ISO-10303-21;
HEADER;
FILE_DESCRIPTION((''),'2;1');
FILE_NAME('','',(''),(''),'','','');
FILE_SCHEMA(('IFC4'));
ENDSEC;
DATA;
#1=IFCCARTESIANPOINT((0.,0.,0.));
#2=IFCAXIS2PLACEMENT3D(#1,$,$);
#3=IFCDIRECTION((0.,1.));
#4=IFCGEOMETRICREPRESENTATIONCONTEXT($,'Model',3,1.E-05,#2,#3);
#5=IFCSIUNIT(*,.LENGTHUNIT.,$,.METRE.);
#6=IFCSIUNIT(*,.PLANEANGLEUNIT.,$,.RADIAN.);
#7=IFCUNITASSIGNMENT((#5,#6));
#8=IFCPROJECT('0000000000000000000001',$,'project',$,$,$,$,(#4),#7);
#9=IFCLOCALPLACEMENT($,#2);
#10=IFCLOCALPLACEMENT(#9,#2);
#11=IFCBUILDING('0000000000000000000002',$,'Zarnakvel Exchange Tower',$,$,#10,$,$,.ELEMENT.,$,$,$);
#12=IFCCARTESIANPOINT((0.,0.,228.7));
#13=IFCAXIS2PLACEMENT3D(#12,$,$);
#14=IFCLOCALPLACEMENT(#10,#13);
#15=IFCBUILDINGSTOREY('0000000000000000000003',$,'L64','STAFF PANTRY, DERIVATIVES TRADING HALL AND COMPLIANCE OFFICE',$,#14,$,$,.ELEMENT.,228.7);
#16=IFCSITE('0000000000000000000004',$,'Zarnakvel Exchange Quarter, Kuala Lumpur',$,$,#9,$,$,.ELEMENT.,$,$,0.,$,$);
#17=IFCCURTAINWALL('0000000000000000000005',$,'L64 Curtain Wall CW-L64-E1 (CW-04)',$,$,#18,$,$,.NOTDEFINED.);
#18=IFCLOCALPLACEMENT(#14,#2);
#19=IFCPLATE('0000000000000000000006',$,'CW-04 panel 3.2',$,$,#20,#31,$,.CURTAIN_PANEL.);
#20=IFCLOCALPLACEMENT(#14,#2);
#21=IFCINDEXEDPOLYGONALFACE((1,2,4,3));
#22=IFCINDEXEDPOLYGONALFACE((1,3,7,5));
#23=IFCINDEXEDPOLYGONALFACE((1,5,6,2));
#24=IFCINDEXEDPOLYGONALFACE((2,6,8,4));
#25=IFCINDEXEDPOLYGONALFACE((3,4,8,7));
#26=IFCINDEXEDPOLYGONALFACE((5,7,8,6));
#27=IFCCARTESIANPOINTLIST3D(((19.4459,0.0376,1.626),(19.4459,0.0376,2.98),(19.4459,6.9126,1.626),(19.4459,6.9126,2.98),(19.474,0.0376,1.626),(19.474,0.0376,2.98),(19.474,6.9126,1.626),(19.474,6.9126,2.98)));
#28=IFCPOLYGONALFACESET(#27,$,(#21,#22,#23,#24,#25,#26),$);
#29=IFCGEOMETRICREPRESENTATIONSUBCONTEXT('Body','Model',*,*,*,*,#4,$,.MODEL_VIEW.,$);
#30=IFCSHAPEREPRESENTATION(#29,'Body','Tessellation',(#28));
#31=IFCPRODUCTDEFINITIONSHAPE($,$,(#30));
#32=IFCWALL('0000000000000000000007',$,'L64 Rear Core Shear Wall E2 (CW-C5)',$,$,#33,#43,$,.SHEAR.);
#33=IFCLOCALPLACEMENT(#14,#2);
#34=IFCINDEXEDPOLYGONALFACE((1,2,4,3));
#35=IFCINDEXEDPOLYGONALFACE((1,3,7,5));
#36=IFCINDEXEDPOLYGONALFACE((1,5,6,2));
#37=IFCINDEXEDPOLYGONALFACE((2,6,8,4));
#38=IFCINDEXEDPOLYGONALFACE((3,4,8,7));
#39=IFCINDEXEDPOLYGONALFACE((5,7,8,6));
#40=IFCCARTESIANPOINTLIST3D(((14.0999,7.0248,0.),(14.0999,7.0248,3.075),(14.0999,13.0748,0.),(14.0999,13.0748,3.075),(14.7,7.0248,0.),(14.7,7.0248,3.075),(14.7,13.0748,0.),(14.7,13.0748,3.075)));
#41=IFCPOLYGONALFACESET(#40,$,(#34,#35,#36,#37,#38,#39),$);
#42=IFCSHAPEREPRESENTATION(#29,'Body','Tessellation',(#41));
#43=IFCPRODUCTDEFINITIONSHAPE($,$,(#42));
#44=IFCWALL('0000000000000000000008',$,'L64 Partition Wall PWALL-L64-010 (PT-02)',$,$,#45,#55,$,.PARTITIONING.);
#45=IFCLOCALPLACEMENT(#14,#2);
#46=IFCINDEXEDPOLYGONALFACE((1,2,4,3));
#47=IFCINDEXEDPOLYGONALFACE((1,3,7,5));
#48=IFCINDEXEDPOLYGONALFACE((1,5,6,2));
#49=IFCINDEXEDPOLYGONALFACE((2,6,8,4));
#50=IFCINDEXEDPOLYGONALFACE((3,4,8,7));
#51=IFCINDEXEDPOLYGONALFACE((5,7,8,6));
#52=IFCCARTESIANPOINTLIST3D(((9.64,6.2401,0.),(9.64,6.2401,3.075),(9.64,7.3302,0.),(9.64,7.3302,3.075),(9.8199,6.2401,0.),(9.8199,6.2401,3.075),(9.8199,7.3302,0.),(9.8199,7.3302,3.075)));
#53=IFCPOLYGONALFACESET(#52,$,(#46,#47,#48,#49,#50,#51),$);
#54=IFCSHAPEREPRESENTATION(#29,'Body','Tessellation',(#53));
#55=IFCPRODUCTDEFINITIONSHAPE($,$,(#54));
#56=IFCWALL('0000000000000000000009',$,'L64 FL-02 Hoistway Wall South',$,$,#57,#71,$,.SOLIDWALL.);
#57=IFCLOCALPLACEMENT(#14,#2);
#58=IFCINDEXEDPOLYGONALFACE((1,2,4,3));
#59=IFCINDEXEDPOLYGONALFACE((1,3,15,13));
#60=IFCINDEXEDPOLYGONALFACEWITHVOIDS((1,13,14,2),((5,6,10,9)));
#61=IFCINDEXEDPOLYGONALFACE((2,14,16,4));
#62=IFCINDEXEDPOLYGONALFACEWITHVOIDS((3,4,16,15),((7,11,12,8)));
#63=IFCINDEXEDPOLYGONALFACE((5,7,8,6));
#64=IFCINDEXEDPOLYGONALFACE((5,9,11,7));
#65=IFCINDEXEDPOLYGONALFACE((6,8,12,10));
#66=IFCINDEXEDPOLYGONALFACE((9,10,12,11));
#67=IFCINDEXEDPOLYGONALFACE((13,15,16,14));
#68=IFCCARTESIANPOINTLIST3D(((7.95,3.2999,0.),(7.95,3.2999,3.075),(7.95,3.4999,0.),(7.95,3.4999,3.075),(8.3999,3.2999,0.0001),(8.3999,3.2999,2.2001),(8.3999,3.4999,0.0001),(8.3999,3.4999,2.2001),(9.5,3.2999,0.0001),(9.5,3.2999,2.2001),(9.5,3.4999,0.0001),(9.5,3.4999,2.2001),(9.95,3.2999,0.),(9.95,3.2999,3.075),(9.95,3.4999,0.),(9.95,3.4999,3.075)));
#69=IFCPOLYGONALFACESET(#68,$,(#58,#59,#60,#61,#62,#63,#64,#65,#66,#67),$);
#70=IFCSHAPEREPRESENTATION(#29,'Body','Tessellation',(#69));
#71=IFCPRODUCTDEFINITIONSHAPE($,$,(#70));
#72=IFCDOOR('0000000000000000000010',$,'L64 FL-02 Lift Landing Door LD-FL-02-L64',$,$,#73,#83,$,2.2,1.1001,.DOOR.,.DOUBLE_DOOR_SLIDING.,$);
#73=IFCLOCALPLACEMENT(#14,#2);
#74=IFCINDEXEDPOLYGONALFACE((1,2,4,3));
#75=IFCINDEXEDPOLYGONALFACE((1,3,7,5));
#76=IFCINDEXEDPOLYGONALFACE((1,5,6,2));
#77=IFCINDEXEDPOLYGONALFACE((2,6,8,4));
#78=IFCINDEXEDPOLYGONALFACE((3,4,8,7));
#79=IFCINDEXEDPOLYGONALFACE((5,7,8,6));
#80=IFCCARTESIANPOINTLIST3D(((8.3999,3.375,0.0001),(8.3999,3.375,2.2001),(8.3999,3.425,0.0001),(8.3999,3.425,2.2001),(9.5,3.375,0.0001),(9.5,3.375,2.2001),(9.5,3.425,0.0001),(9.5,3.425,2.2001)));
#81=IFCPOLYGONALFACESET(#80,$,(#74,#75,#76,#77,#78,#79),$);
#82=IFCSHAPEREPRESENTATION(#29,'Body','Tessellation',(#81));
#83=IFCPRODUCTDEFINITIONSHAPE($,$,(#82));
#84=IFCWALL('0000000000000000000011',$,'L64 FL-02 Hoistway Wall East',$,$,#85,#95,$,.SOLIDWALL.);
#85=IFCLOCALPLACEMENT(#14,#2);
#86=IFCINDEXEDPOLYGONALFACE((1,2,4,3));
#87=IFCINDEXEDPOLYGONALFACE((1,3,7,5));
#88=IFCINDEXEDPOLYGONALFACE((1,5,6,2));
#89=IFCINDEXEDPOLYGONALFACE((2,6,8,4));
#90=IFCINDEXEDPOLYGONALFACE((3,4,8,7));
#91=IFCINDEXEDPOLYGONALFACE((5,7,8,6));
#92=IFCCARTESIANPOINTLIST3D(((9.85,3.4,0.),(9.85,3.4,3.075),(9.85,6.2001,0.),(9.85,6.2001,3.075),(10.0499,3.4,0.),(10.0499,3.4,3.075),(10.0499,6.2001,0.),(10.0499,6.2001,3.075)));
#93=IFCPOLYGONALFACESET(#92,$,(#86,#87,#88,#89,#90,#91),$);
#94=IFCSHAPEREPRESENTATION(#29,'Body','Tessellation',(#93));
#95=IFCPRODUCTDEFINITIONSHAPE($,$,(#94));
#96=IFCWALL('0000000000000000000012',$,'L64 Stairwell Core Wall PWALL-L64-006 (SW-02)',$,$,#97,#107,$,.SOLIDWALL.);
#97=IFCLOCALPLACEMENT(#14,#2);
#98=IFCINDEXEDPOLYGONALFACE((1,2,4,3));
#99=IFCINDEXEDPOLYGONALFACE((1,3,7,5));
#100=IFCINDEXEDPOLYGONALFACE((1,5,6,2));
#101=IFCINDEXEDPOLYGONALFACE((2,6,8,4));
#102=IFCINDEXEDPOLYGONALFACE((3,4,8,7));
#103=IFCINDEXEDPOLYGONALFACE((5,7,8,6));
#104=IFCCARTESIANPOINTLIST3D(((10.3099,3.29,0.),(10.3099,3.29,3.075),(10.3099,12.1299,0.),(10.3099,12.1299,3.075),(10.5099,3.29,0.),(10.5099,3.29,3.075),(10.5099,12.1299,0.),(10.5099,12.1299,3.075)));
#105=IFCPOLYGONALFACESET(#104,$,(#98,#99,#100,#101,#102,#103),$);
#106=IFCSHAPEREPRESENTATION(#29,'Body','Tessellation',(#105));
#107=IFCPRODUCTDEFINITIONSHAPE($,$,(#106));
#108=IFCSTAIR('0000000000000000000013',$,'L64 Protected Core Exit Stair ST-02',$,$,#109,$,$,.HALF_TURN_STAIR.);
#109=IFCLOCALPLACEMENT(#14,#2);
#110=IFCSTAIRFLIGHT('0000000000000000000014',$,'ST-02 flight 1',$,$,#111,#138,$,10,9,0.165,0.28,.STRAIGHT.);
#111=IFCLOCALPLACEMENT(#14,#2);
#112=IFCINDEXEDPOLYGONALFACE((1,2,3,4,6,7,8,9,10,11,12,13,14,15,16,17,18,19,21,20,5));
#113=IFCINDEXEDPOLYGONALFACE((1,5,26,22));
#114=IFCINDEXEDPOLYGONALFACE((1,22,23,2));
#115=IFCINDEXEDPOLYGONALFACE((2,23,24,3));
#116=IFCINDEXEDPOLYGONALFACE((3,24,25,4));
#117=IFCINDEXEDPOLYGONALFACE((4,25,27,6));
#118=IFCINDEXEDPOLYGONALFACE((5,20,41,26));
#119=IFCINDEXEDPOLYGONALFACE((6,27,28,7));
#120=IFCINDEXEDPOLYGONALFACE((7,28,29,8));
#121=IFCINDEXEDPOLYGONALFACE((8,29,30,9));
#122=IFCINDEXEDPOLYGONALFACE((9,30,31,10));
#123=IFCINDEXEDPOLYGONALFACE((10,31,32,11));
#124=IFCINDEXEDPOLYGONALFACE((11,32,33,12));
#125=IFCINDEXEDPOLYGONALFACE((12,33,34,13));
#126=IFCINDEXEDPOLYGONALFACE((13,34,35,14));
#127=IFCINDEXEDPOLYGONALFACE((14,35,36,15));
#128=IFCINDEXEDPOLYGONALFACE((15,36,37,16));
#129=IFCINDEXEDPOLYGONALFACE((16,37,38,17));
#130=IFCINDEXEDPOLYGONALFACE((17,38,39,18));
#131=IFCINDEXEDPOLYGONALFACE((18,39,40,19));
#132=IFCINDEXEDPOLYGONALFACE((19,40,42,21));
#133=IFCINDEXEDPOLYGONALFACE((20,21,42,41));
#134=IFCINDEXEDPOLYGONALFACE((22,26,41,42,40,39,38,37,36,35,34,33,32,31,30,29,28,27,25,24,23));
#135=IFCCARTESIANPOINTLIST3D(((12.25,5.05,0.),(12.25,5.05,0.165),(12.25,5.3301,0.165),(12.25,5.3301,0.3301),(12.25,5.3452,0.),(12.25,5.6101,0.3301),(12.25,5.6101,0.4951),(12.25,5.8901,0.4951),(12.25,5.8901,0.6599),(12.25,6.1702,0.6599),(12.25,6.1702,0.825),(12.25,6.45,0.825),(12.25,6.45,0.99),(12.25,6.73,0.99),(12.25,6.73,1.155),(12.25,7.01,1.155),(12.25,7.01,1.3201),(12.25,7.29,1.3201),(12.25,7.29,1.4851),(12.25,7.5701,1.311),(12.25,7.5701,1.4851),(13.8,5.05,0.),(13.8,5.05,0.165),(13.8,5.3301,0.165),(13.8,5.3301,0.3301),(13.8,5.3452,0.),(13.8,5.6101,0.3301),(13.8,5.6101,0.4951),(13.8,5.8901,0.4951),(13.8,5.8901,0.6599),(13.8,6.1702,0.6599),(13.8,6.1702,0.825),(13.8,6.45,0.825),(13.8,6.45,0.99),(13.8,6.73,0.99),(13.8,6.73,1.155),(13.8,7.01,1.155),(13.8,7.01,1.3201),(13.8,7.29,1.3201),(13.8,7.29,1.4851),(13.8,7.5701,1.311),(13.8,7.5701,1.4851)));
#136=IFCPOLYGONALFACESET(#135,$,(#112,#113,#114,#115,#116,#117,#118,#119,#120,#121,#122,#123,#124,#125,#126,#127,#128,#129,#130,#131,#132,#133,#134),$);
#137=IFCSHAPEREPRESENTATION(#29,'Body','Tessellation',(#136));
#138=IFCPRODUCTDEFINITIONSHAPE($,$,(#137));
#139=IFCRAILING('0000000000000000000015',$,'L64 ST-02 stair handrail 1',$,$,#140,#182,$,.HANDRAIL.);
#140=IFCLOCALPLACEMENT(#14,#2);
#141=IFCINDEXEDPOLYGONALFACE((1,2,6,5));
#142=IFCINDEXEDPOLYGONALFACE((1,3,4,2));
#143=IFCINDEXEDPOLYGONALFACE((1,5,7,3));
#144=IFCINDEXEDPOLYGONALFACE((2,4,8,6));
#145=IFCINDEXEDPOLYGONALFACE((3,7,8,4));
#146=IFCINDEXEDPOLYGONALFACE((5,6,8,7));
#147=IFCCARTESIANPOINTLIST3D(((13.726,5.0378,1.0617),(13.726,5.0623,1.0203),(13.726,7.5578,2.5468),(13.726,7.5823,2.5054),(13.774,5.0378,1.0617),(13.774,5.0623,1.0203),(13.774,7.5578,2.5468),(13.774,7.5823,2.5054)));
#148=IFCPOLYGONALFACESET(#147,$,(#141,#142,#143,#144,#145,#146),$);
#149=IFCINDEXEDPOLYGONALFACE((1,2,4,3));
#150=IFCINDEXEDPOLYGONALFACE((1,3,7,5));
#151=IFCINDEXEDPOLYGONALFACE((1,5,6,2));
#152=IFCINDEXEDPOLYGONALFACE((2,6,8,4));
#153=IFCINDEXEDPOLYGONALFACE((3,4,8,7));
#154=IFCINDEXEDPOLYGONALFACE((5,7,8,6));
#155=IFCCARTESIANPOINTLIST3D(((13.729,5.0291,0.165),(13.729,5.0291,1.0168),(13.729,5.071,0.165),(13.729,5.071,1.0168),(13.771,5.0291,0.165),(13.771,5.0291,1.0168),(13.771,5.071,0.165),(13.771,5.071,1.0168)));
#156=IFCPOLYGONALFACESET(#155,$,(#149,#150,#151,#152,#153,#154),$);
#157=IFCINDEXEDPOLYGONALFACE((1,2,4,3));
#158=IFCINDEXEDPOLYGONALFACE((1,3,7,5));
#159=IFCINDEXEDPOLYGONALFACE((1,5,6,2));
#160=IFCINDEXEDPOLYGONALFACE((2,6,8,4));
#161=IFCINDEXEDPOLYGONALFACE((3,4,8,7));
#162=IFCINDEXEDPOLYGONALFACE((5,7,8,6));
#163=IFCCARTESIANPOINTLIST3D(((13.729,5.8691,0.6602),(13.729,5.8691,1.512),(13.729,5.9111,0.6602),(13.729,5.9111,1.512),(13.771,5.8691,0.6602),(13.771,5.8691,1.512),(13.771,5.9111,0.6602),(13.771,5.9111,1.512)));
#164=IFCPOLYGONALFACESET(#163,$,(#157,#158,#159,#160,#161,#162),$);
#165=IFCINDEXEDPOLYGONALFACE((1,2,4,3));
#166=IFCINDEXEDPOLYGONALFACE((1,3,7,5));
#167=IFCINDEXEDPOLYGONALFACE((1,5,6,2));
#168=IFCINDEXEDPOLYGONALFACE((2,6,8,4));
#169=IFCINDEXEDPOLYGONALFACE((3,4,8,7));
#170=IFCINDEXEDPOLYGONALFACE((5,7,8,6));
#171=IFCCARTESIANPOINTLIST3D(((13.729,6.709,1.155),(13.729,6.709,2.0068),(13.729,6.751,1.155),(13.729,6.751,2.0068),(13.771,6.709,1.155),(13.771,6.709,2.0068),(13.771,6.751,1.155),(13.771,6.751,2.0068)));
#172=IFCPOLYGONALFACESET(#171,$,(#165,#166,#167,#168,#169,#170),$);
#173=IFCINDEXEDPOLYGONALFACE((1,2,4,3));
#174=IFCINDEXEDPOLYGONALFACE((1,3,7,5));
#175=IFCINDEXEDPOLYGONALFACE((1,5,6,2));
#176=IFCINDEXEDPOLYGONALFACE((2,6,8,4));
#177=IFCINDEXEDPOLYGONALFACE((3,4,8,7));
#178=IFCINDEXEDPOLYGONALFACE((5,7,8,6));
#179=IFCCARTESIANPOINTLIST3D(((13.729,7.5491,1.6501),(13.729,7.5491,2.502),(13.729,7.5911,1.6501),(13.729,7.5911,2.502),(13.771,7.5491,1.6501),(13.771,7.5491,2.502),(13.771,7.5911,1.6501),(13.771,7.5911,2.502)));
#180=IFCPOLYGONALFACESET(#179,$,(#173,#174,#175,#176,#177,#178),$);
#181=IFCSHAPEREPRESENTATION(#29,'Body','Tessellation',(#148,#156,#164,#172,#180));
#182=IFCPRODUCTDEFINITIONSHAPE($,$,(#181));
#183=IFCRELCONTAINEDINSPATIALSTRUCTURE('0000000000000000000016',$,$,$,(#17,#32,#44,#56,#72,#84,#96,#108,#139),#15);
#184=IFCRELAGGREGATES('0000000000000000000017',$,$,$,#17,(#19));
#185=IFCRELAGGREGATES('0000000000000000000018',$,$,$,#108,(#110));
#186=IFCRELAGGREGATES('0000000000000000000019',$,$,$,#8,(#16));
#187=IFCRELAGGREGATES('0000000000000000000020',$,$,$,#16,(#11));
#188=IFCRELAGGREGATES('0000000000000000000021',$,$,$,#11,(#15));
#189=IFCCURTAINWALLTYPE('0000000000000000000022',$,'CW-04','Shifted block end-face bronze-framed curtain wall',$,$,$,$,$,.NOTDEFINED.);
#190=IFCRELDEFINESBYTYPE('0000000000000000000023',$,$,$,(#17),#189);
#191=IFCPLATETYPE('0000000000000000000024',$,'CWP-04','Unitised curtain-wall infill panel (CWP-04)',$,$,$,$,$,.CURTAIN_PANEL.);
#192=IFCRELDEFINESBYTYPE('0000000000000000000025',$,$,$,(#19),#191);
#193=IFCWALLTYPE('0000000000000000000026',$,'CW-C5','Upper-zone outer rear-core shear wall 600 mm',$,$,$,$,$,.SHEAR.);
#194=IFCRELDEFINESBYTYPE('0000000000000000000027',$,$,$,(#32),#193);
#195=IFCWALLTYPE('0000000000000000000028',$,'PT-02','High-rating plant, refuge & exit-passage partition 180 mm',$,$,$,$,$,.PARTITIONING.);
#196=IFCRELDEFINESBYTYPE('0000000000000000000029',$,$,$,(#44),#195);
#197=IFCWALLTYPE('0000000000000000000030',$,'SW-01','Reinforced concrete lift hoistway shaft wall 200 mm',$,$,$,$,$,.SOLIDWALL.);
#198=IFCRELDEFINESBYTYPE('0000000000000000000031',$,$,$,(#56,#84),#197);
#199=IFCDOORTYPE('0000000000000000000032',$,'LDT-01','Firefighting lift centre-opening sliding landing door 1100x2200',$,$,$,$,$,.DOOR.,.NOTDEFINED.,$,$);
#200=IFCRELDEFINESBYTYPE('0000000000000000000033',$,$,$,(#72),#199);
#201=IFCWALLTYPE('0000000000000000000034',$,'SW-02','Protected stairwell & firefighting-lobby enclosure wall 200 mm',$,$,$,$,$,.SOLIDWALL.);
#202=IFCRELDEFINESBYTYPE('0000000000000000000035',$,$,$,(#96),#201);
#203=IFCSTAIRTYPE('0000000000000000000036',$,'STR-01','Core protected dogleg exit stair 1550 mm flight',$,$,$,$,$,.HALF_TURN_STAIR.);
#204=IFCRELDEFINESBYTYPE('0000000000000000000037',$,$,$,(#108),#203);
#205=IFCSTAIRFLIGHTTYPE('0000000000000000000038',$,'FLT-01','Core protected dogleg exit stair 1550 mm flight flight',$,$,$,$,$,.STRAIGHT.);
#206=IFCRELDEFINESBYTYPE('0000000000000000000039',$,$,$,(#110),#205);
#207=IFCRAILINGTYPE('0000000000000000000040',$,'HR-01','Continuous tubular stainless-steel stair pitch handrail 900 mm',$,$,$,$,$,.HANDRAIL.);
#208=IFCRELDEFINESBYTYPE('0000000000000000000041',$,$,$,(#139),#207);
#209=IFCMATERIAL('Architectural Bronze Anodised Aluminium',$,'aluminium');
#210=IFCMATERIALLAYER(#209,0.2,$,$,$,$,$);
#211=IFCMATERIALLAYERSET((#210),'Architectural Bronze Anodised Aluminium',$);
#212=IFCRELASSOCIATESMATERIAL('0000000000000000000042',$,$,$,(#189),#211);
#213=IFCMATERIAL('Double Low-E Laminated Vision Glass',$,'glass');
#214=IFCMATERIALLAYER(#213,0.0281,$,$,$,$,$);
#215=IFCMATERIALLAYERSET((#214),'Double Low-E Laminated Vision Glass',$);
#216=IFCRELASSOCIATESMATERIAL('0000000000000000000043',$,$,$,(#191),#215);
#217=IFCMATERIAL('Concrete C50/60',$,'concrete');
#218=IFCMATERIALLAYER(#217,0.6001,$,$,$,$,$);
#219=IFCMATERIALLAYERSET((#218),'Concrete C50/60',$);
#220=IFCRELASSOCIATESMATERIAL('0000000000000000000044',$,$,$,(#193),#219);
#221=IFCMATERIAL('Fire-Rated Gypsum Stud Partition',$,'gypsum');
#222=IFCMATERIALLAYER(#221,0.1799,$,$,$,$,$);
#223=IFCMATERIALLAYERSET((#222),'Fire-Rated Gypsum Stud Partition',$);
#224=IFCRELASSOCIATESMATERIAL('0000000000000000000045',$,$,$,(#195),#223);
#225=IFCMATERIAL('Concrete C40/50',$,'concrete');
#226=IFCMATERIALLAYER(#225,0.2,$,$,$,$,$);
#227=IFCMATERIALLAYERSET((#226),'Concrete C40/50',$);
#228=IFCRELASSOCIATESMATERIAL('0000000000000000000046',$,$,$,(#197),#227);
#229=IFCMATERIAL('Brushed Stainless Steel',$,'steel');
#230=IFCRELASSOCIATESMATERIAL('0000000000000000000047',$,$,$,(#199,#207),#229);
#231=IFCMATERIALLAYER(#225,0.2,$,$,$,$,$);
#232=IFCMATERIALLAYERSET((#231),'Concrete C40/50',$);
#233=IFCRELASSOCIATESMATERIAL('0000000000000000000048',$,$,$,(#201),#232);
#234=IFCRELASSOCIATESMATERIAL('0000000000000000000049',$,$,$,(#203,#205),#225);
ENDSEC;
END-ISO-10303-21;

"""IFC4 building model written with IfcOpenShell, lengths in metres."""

from ifc_helpers import new_model, si_unit, direction, frame, frame_2d, origin, origin_2d, place, context, subcontext, project, spatial, polyline, rectangle, outline, extrude, source, transform, mapped, material, layer, layer_set, type_object, element, fill, aggregate, save


model = new_model("IFC4")

# Units and contexts
model_context = context("Model", 3, precision=1e-05, world=origin(), true_north=direction((0.0, 1.0)))
body_context = subcontext(model_context, "Body", "Model", "MODEL_VIEW")
ifc_project = project(units=[si_unit("LENGTHUNIT", "METRE"), si_unit("PLANEANGLEUNIT", "RADIAN")], contexts=[model_context])

# Site, building, storey
site_placement = place(None, origin())
site = spatial("IfcSite", under=ifc_project, at=site_placement, Name="Zarnakvel Exchange Quarter, Kuala Lumpur", CompositionType="ELEMENT", RefElevation=0.0)
building_placement = place(site_placement, origin())
building = spatial("IfcBuilding", under=site, at=building_placement, Name="Zarnakvel Exchange Tower", CompositionType="ELEMENT")
storey_placement = place(building_placement, frame((0.0, 0.0, 228.7)))
storey = spatial("IfcBuildingStorey", under=building, at=storey_placement, Name="L64", Description="STAFF PANTRY, DERIVATIVES TRADING HALL AND COMPLIANCE OFFICE", CompositionType="ELEMENT", Elevation=228.7)

# Shared definitions
ifc_material_1 = material(Name="Concrete C50/60", Category="concrete")

# Curtain wall, plate
ifc_material_2 = material(Name="Architectural Bronze Anodised Aluminium", Category="aluminium")
ifc_layer_1 = layer(ifc_material_2, 0.2)
ifc_layer_set_1 = layer_set([ifc_layer_1], Name="Architectural Bronze Anodised Aluminium")
curtain_wall_type = type_object("IfcCurtainWallType", Name="CW-04", Description="Shifted block end-face bronze-framed curtain wall", PredefinedType="NOTDEFINED", material=ifc_layer_set_1)
curtain_wall_placement = place(storey_placement, origin())
curtain_wall = element("IfcCurtainWall", 1, at=curtain_wall_placement, inside=storey, type_object=curtain_wall_type, Name="L64 Curtain Wall CW-L64-E1 (CW-04)", PredefinedType="NOTDEFINED")
ifc_material_3 = material(Name="Double Low-E Laminated Vision Glass", Category="glass")
ifc_layer_2 = layer(ifc_material_3, 0.0281)
ifc_layer_set_2 = layer_set([ifc_layer_2], Name="Double Low-E Laminated Vision Glass")
plate_type = type_object("IfcPlateType", Name="CWP-04", Description="Unitised curtain-wall infill panel (CWP-04)", PredefinedType="CURTAIN_PANEL", material=ifc_layer_set_2)
shared_shape_1 = source(origin(), body_context, "Body", "SweptSolid", [
    extrude(rectangle(XDim=6.875, YDim=0.0281, at=origin_2d()), origin(), (0.0, 0.0, 1.0), 1.354),
])
plate_1_placement = place(storey_placement, frame((19.46, 3.4751, 1.626), z_axis=(0.0, 0.0, 1.0), x_axis=(0.0, 1.0, 0.0)))
plate_1 = element("IfcPlate", 2, at=plate_1_placement, type_object=plate_type, Name="CW-04 panel 3.2", PredefinedType="CURTAIN_PANEL", context=body_context, shape_type="MappedRepresentation", body=[
    mapped(shared_shape_1, transform((0.0, 0.0, 0.0), x_axis=(1.0, 0.0, 0.0), y_axis=(0.0, 1.0, 0.0), z_axis=(0.0, 0.0, 1.0), scale=1.0)),
])
aggregate(curtain_wall, [plate_1])

# Walls
ifc_layer_3 = layer(ifc_material_1, 0.6001)
ifc_layer_set_3 = layer_set([ifc_layer_3], Name="Concrete C50/60")
wall_type_1 = type_object("IfcWallType", Name="CW-C5", Description="Upper-zone outer rear-core shear wall 600 mm", PredefinedType="SHEAR", material=ifc_layer_set_3)
wall_1_placement = place(storey_placement, frame((14.3999, 7.0249, 0.0), z_axis=(0.0, 0.0, 1.0), x_axis=(0.0, 1.0, 0.0)))
element("IfcWall", 3, at=wall_1_placement, inside=storey, type_object=wall_type_1, Name="L64 Rear Core Shear Wall E2 (CW-C5)", PredefinedType="SHEAR", context=body_context, shape_type="SweptSolid", body=[
    extrude(rectangle(XDim=6.05, YDim=0.6001, at=frame_2d((3.0249, 0.0))), origin(), (0.0, 0.0, 1.0), 3.075),
])
ifc_material_4 = material(Name="Fire-Rated Gypsum Stud Partition", Category="gypsum")
ifc_layer_4 = layer(ifc_material_4, 0.1799)
ifc_layer_set_4 = layer_set([ifc_layer_4], Name="Fire-Rated Gypsum Stud Partition")
wall_type_2 = type_object("IfcWallType", Name="PT-02", Description="High-rating plant, refuge & exit-passage partition 180 mm", PredefinedType="PARTITIONING", material=ifc_layer_set_4)
wall_2_placement = place(storey_placement, frame((9.73, 7.3301, 0.0), z_axis=(0.0, 0.0, 1.0), x_axis=(0.0, -1.0, 0.0)))
element("IfcWall", 4, at=wall_2_placement, inside=storey, type_object=wall_type_2, Name="L64 Partition Wall PWALL-L64-010 (PT-02)", PredefinedType="PARTITIONING", context=body_context, shape_type="SweptSolid", body=[
    extrude(rectangle(XDim=1.0901, YDim=0.1799, at=frame_2d((0.5449, 0.0))), origin(), (0.0, 0.0, 1.0), 3.075),
])

# Wall, opening, door
ifc_material_5 = material(Name="Concrete C40/50", Category="concrete")
ifc_layer_5 = layer(ifc_material_5, 0.2)
ifc_layer_set_5 = layer_set([ifc_layer_5], Name="Concrete C40/50")
wall_type_3 = type_object("IfcWallType", Name="SW-01", Description="Reinforced concrete lift hoistway shaft wall 200 mm", PredefinedType="SOLIDWALL", material=ifc_layer_set_5)
wall_3_placement = place(storey_placement, frame((9.95, 3.3999, 0.0), z_axis=(0.0, 0.0, 1.0), x_axis=(-1.0, 0.0, 0.0)))
wall_3 = element("IfcWall", 5, at=wall_3_placement, inside=storey, type_object=wall_type_3, Name="L64 FL-02 Hoistway Wall South", PredefinedType="SOLIDWALL", context=body_context, shape_type="SweptSolid", body=[
    extrude(rectangle(XDim=2.0, YDim=0.2, at=frame_2d((1.0, 0.0))), origin(), (0.0, 0.0, 1.0), 3.075),
])
opening_1_placement = place(wall_3_placement, frame((0.45, 0.0, 0.0)))
opening_1 = element("IfcOpeningElement", 6, at=opening_1_placement, cuts=wall_3, PredefinedType="OPENING", context=body_context, shape_type="SweptSolid", body=[
    extrude(rectangle(XDim=1.1001, YDim=2.2, at=frame_2d((0.55, 1.1001))), frame((0.0, 0.1099, 0.0), z_axis=(0.0, -1.0, 0.0), x_axis=(1.0, 0.0, 0.0)), (0.0, 0.0, 1.0), 0.22),
])
ifc_material_6 = material(Name="Brushed Stainless Steel", Category="steel")
door_type_1 = type_object("IfcDoorType", Name="LDT-01", Description="Firefighting lift centre-opening sliding landing door 1100x2200", OperationType="NOTDEFINED", PredefinedType="DOOR", material=ifc_material_6)
shared_shape_2 = source(origin(), body_context, "Body", "SweptSolid", [
    extrude(rectangle(XDim=1.1001, YDim=2.2, at=frame_2d((0.55, 1.1001))), frame((0.0, 0.0249, 0.0), z_axis=(0.0, -1.0, 0.0), x_axis=(1.0, 0.0, 0.0)), (0.0, 0.0, 1.0), 0.05),
])
door_1_placement = place(opening_1_placement, origin())
door_1 = element("IfcDoor", 7, at=door_1_placement, inside=storey, type_object=door_type_1, Name="L64 FL-02 Lift Landing Door LD-FL-02-L64", OperationType="DOUBLE_DOOR_SLIDING", OverallHeight=2.2, OverallWidth=1.1001, PredefinedType="DOOR", context=body_context, shape_type="MappedRepresentation", body=[
    mapped(shared_shape_2, transform((0.0, 0.0, 0.0), x_axis=(1.0, 0.0, 0.0), y_axis=(0.0, 1.0, 0.0), z_axis=(0.0, 0.0, 1.0), scale=1.0)),
])
fill(opening_1, door_1)

# Wall
wall_4_placement = place(storey_placement, frame((9.95, 6.2, 0.0), z_axis=(0.0, 0.0, 1.0), x_axis=(0.0, -1.0, 0.0)))
element("IfcWall", 8, at=wall_4_placement, inside=storey, type_object=wall_type_3, Name="L64 FL-02 Hoistway Wall East", PredefinedType="SOLIDWALL", context=body_context, shape_type="SweptSolid", body=[
    extrude(rectangle(XDim=2.8, YDim=0.2, at=frame_2d((1.3999, 0.0))), origin(), (0.0, 0.0, 1.0), 3.075),
])

# Shared definitions
ifc_layer_6 = layer(ifc_material_5, 0.2)
ifc_layer_set_6 = layer_set([ifc_layer_6], Name="Concrete C40/50")
wall_type_4 = type_object("IfcWallType", Name="SW-02", Description="Protected stairwell & firefighting-lobby enclosure wall 200 mm", PredefinedType="SOLIDWALL", material=ifc_layer_set_6)

# Wall
wall_5_placement = place(storey_placement, frame((10.4099, 3.29, 0.0), z_axis=(0.0, 0.0, 1.0), x_axis=(0.0, 1.0, 0.0)))
element("IfcWall", 9, at=wall_5_placement, inside=storey, type_object=wall_type_4, Name="L64 Stairwell Core Wall PWALL-L64-006 (SW-02)", PredefinedType="SOLIDWALL", context=body_context, shape_type="SweptSolid", body=[
    extrude(rectangle(XDim=8.8398, YDim=0.2, at=frame_2d((4.4199, 0.0))), origin(), (0.0, 0.0, 1.0), 3.075),
])

# Stair, stair flight
stair_type = type_object("IfcStairType", Name="STR-01", Description="Core protected dogleg exit stair 1550 mm flight", PredefinedType="HALF_TURN_STAIR", material=ifc_material_5)
stair_placement = place(storey_placement, origin())
stair = element("IfcStair", 10, at=stair_placement, inside=storey, type_object=stair_type, Name="L64 Protected Core Exit Stair ST-02", PredefinedType="HALF_TURN_STAIR")
stair_flight_type = type_object("IfcStairFlightType", Name="FLT-01", Description="Core protected dogleg exit stair 1550 mm flight flight", PredefinedType="STRAIGHT", material=ifc_material_5)
stair_flight_placement = place(storey_placement, frame((13.0249, 5.05, 0.0), z_axis=(0.0, 0.0, 1.0), x_axis=(0.0, 1.0, 0.0)))
stair_flight = element("IfcStairFlight", 11, at=stair_flight_placement, type_object=stair_flight_type, Name="ST-02 flight 1", NumberOfRisers=10, NumberOfTreads=9, PredefinedType="STRAIGHT", RiserHeight=0.165, TreadLength=0.28, context=body_context, shape_type="SweptSolid", body=[
    extrude(outline(polyline([(0.0, 0.0), (0.0, 0.165), (0.28, 0.165), (0.28, 0.3301), (0.5601, 0.3301), (0.5601, 0.4951), (0.8401, 0.4951), (0.8401, 0.6599), (1.1201, 0.6599), (1.1201, 0.825), (1.3999, 0.825), (1.3999, 0.99), (1.6799, 0.99), (1.6799, 1.155), (1.96, 1.155), (1.96, 1.3201), (2.24, 1.3201), (2.24, 1.4851), (2.52, 1.4851), (2.52, 1.6499), (2.52, 1.311), (0.2952, 0.0), (0.0, 0.0)])), frame((0.0, 0.7749, 0.0), z_axis=(0.0, -1.0, 0.0), x_axis=(1.0, 0.0, 0.0)), (0.0, 0.0, 1.0), 1.55),
])
aggregate(stair, [stair_flight])

# Railing
railing_type_1 = type_object("IfcRailingType", Name="HR-01", Description="Continuous tubular stainless-steel stair pitch handrail 900 mm", PredefinedType="HANDRAIL", material=ifc_material_6)
railing_1_placement = place(storey_placement, frame((13.75, 5.05, 0.165)))
element("IfcRailing", 12, at=railing_1_placement, inside=storey, type_object=railing_type_1, Name="L64 ST-02 stair handrail 1", PredefinedType="HANDRAIL", context=body_context, shape_type="SweptSolid", body=[
    extrude(rectangle(XDim=0.0481, YDim=0.0481, at=origin_2d()), frame((0.0, 0.0, 0.876), z_axis=(0.0, 0.861524, 0.507717), x_axis=(-1.0, 0.0, 0.0)), (0.0, 0.0, 1.0), 2.925),
    extrude(rectangle(XDim=0.042, YDim=0.042, at=origin_2d()), origin(), (0.0, 0.0, 1.0), 0.8518),
    extrude(rectangle(XDim=0.042, YDim=0.042, at=origin_2d()), frame((0.0, 0.8401, 0.4951)), (0.0, 0.0, 1.0), 0.8518),
    extrude(rectangle(XDim=0.042, YDim=0.042, at=origin_2d()), frame((0.0, 1.6799, 0.99)), (0.0, 0.0, 1.0), 0.8518),
    extrude(rectangle(XDim=0.042, YDim=0.042, at=origin_2d()), frame((0.0, 2.52, 1.4851)), (0.0, 0.0, 1.0), 0.8518),
])

save(model, "model.ifc")
